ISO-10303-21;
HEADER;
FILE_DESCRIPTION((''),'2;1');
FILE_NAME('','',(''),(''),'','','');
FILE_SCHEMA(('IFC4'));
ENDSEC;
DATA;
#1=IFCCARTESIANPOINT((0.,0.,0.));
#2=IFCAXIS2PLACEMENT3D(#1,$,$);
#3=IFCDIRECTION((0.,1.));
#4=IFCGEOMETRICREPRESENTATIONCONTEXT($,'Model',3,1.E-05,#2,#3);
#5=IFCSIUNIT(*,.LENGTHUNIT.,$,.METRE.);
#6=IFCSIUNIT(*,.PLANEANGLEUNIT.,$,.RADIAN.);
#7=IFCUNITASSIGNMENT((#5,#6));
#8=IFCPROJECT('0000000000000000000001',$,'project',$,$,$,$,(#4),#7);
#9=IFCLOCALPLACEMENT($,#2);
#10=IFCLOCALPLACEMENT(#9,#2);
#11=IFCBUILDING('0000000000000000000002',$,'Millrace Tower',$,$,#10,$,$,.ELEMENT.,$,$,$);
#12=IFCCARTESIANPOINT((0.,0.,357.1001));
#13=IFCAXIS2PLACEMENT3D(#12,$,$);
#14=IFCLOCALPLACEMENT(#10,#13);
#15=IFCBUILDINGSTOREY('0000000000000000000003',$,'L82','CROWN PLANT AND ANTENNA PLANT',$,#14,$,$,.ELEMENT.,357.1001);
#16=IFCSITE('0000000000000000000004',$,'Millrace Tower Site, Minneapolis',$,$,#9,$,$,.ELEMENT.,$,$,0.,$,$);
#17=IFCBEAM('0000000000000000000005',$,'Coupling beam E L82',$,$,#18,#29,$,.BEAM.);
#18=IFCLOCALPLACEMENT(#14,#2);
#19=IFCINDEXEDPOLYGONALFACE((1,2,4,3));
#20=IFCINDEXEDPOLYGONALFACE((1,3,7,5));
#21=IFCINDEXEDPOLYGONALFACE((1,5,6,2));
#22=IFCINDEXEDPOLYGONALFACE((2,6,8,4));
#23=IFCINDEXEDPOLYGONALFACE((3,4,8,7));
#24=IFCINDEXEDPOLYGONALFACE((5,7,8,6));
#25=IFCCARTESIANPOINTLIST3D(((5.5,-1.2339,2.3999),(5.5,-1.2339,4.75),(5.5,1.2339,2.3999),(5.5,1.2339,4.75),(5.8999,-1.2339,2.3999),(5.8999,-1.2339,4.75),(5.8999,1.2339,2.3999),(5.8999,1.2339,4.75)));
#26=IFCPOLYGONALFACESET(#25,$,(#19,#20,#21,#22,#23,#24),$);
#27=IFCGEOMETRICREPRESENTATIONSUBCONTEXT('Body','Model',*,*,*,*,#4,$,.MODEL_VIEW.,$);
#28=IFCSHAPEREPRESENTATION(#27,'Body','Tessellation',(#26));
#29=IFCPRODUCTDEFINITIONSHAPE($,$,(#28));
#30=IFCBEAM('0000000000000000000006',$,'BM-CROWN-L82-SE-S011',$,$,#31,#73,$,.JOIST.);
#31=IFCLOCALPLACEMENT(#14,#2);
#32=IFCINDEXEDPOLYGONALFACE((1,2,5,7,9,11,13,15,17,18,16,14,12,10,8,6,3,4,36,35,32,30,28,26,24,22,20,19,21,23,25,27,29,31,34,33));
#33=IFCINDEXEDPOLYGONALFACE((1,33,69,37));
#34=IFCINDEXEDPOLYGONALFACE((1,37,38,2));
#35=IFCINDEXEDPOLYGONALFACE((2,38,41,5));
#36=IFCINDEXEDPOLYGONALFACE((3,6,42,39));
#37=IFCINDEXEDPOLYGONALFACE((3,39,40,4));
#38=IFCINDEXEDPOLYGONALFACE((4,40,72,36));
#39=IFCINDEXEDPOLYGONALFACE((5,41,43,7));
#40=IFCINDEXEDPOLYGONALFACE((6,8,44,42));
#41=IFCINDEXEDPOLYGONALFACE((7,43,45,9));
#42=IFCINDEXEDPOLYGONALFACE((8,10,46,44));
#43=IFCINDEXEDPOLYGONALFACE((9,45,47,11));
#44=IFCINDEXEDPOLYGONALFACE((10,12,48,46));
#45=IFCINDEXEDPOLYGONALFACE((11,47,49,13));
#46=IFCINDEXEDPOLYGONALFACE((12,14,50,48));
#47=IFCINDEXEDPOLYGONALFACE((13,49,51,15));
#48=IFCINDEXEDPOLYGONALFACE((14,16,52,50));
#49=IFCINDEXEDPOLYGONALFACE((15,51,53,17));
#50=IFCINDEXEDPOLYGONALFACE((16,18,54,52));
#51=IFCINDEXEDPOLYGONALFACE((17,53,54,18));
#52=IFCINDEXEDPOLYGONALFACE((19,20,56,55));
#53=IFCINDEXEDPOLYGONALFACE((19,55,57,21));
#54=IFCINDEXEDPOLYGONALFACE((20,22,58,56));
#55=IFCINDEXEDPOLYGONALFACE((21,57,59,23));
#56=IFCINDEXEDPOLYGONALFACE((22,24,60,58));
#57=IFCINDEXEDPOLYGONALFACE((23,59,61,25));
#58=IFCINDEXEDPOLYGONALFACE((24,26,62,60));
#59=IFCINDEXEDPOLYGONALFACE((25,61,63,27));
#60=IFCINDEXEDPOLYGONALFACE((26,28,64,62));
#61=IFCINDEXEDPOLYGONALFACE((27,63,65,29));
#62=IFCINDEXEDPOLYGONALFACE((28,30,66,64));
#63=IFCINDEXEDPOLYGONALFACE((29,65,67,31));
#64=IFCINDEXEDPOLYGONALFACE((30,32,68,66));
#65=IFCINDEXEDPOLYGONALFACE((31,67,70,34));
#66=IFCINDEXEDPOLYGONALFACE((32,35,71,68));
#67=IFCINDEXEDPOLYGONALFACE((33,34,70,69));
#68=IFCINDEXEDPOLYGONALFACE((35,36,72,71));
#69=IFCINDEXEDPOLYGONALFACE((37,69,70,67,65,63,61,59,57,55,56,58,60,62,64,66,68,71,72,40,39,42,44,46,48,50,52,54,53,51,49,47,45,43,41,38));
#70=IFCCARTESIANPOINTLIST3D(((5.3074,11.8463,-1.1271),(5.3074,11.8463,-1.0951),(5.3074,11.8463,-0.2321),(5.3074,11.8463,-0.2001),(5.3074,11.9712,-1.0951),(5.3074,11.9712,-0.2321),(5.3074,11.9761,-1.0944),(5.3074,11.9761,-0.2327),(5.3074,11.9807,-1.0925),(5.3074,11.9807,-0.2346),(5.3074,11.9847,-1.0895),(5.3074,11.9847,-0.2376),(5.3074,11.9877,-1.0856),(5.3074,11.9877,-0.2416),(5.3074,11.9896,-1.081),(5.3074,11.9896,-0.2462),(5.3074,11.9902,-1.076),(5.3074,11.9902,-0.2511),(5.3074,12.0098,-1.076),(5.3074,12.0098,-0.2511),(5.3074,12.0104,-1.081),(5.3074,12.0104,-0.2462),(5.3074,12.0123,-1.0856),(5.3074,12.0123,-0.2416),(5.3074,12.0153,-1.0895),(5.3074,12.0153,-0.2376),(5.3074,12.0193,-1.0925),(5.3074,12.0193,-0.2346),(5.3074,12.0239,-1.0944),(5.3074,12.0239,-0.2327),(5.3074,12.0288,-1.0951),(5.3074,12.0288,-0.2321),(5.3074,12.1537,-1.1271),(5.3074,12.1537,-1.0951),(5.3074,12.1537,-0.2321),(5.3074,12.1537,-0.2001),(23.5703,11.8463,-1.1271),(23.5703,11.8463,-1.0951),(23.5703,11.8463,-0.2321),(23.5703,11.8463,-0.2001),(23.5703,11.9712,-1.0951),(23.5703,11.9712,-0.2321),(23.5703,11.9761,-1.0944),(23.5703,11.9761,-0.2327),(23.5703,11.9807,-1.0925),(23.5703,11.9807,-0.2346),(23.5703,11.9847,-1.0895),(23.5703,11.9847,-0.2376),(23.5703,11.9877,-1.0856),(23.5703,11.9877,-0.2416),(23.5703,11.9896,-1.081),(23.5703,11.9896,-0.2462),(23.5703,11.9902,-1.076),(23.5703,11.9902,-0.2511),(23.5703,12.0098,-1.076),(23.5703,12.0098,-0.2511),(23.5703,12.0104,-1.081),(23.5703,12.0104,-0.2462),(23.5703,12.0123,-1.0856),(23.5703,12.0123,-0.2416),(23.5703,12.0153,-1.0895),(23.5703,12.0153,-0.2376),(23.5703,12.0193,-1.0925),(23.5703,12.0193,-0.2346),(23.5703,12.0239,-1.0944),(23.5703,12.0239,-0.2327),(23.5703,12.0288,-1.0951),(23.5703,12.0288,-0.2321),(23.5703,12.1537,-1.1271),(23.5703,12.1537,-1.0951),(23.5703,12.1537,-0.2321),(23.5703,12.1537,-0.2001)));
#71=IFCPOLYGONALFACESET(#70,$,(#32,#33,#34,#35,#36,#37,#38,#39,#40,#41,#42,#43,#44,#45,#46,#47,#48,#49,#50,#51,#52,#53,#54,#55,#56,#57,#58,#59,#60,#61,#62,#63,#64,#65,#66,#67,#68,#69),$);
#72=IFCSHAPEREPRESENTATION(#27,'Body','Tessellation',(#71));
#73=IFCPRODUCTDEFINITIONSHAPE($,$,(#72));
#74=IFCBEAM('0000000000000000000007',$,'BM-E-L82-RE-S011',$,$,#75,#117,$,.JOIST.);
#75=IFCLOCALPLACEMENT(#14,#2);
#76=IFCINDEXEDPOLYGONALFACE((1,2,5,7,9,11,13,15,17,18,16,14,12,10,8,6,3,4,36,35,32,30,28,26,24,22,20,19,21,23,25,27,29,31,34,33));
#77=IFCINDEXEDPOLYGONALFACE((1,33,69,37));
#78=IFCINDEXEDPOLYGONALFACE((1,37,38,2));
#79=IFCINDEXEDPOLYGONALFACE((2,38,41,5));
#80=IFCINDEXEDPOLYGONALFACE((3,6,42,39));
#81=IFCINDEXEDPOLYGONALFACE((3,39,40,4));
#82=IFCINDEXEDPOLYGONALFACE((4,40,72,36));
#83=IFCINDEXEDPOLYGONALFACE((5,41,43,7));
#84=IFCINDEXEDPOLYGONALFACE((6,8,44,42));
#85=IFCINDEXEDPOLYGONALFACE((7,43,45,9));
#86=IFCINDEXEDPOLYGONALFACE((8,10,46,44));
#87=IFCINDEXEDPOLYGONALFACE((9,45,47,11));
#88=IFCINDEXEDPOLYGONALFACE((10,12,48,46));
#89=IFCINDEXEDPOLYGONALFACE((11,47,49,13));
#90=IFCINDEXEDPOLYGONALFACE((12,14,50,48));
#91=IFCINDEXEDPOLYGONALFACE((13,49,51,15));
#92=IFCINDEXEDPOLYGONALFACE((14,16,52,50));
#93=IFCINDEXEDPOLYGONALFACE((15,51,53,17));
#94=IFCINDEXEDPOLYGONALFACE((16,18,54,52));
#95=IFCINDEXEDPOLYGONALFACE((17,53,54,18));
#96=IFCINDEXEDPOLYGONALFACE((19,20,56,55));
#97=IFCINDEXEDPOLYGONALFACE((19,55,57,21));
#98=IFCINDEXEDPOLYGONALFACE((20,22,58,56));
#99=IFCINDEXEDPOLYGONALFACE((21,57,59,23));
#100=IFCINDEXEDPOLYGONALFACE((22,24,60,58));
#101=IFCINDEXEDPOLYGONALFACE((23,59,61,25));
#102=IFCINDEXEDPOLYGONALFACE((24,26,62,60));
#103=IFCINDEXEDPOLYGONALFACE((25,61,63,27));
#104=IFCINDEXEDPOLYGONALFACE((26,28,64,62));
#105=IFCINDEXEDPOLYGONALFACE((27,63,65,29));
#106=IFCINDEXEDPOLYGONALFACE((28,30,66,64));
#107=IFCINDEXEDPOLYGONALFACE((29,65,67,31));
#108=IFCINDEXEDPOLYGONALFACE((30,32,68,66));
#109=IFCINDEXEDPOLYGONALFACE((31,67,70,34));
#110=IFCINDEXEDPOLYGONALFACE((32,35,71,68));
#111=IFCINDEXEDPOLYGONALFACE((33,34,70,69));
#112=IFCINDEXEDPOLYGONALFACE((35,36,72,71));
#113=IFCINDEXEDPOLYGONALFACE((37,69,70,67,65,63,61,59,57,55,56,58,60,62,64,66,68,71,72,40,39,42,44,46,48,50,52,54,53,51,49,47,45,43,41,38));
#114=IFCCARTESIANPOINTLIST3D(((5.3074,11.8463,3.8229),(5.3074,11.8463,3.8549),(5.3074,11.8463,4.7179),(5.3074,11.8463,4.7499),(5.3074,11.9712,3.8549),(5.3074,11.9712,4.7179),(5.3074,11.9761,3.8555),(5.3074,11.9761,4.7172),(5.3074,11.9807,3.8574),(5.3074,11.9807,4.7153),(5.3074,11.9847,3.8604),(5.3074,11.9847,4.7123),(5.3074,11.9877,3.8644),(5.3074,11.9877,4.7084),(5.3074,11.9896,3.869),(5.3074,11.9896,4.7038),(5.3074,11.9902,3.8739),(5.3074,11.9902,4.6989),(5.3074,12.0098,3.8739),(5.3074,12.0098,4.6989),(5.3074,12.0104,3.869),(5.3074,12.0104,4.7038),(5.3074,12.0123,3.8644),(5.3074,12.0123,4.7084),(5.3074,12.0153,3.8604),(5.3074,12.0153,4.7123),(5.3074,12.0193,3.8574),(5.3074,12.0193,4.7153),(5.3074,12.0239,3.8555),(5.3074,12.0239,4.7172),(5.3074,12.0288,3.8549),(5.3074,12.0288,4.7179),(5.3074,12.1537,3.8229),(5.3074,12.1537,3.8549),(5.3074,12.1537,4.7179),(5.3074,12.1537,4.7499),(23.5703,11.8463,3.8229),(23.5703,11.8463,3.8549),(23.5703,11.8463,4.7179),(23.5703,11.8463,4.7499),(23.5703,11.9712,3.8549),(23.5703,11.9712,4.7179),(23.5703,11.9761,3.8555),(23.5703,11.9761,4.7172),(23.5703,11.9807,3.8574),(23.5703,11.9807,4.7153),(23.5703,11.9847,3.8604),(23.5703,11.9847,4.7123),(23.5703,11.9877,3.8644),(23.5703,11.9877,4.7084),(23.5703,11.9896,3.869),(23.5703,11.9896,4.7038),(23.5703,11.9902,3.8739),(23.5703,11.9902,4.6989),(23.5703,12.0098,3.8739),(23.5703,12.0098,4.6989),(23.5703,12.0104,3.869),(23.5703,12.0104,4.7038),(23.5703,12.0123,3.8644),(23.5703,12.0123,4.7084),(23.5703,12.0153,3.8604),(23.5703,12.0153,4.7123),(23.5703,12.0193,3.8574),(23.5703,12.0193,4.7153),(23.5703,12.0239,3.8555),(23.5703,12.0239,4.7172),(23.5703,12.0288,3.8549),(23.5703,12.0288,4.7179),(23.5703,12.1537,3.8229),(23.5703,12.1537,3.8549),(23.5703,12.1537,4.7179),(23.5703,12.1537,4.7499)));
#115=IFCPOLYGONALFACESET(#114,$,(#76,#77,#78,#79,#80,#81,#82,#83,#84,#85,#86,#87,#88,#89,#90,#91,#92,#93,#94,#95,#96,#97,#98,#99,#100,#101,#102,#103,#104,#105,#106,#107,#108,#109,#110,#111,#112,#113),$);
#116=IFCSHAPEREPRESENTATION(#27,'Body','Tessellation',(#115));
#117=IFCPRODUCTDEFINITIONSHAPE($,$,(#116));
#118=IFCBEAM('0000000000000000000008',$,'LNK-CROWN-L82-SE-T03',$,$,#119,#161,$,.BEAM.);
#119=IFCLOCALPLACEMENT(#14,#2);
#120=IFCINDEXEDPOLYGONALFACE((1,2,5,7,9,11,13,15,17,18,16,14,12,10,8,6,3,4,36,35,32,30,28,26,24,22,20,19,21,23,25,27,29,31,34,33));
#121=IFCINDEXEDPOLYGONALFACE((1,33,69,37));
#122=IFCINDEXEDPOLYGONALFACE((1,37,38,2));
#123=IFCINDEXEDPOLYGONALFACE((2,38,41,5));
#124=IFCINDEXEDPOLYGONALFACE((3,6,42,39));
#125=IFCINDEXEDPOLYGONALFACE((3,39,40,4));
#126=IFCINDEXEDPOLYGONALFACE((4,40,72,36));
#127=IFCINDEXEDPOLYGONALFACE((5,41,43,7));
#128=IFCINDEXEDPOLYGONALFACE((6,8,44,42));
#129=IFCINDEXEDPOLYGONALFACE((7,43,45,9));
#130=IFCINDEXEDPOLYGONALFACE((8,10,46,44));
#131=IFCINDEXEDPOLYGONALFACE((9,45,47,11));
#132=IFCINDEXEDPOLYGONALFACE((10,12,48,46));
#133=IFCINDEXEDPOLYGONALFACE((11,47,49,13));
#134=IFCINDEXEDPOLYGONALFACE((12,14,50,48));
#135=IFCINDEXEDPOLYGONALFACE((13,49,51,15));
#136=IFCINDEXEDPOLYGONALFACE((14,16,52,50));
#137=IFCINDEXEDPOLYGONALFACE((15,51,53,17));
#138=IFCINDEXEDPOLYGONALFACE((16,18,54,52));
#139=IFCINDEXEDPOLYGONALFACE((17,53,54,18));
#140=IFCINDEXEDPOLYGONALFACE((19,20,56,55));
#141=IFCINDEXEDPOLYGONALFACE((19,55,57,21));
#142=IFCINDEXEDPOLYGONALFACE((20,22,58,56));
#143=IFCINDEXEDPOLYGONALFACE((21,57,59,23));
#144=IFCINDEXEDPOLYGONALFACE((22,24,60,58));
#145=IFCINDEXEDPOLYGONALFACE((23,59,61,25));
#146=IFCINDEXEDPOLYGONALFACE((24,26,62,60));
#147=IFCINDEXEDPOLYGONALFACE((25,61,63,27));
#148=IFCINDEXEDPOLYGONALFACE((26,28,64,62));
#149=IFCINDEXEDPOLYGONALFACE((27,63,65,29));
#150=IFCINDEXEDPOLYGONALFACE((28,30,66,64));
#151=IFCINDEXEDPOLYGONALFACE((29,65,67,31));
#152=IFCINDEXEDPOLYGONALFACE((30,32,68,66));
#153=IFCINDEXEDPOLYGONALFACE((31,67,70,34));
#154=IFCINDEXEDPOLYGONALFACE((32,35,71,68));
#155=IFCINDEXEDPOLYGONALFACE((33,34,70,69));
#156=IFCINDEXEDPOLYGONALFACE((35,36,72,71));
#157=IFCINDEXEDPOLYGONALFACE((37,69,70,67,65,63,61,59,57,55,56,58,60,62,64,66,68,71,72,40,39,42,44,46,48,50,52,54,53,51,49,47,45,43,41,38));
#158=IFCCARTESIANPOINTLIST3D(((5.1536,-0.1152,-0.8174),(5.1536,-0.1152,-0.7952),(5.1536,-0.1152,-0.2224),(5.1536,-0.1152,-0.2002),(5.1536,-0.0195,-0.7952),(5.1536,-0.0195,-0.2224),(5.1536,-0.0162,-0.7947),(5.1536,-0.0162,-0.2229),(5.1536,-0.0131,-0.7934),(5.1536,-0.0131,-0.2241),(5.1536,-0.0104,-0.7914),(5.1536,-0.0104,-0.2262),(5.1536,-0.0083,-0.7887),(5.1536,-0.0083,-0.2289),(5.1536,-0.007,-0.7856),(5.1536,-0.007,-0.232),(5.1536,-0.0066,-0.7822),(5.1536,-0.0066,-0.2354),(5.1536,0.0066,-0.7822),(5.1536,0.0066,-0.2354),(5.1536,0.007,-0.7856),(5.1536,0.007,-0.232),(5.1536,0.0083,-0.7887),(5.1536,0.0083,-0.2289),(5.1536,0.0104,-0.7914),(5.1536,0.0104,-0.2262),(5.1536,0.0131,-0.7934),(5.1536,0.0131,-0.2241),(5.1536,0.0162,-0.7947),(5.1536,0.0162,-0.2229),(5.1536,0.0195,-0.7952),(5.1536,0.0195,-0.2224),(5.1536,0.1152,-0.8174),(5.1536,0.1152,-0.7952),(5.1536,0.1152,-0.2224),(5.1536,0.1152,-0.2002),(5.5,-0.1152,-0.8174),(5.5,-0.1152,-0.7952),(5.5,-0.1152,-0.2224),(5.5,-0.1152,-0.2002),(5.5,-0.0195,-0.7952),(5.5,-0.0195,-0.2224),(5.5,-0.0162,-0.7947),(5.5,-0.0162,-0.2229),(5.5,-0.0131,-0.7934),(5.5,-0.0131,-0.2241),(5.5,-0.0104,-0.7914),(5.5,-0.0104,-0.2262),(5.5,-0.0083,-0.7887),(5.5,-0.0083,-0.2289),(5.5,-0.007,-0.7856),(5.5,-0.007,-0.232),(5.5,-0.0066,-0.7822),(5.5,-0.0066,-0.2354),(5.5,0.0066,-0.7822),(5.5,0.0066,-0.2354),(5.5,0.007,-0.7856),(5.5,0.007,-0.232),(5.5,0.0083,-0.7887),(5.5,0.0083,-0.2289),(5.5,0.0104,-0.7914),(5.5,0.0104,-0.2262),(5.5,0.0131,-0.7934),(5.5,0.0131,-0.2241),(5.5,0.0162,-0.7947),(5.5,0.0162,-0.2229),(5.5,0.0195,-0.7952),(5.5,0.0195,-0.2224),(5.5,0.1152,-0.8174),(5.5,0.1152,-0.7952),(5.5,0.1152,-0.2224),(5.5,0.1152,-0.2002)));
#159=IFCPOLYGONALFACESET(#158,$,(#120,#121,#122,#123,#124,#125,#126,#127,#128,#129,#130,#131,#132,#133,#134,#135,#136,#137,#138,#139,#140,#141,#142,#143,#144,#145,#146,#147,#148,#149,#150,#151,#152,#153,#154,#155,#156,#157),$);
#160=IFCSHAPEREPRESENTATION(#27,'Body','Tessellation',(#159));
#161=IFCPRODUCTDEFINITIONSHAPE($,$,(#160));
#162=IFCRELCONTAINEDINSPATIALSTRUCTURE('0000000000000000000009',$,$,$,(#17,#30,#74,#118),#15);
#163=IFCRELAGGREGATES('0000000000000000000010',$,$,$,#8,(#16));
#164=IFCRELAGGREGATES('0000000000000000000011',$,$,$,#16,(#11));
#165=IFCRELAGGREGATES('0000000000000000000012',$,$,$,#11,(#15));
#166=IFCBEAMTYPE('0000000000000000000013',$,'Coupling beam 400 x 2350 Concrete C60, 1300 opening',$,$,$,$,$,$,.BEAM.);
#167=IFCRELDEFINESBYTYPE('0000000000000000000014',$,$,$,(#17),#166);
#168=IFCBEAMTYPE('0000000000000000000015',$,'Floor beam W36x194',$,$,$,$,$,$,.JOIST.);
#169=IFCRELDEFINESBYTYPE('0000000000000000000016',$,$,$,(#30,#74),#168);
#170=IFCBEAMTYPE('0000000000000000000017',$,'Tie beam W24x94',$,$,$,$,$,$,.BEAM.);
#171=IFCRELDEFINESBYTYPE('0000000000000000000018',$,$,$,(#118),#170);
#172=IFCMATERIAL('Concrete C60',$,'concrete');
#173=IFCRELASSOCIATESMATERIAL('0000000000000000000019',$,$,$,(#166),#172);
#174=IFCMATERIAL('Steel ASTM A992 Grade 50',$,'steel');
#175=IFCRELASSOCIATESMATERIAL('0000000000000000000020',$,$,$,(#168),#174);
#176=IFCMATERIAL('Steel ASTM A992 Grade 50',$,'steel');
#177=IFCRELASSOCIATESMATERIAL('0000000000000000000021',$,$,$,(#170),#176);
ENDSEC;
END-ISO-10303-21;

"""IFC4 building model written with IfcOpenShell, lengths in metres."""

from ifc_helpers import new_model, si_unit, direction, frame, origin, origin_2d, place, context, subcontext, project, spatial, rectangle, i_section, extrude, material, material_profile, profile_set, type_object, element, save


model = new_model("IFC4")

# Units and contexts
model_context = context("Model", 3, precision=1e-05, world=origin(), true_north=direction((0.0, 1.0)))
body_context = subcontext(model_context, "Body", "Model", "MODEL_VIEW")
ifc_project = project(units=[si_unit("LENGTHUNIT", "METRE"), si_unit("PLANEANGLEUNIT", "RADIAN")], contexts=[model_context])

# Site, building, storey
site_placement = place(None, origin())
site = spatial("IfcSite", under=ifc_project, at=site_placement, Name="Millrace Tower Site, Minneapolis", CompositionType="ELEMENT", RefElevation=0.0)
building_placement = place(site_placement, origin())
building = spatial("IfcBuilding", under=site, at=building_placement, Name="Millrace Tower", CompositionType="ELEMENT")
storey_placement = place(building_placement, frame((0.0, 0.0, 357.1001)))
storey = spatial("IfcBuildingStorey", under=building, at=storey_placement, Name="L82", Description="CROWN PLANT AND ANTENNA PLANT", CompositionType="ELEMENT", Elevation=357.1001)

# Beams
ifc_material_1 = material(Name="Concrete C60", Category="concrete")
ifc_material_profile_1 = material_profile(ifc_material_1, rectangle(XDim=0.3999, YDim=2.3501, at=origin_2d()))
ifc_profile_set_1 = profile_set([ifc_material_profile_1], Name="Concrete C60")
beam_type_1 = type_object("IfcBeamType", Name="Coupling beam 400 x 2350 Concrete C60, 1300 opening", PredefinedType="BEAM", material=ifc_profile_set_1)
beam_placement = place(storey_placement, frame((5.7, 1.2339, 3.575), z_axis=(0.0, -1.0, 0.0), x_axis=(1.0, 0.0, 0.0)))
element("IfcBeam", 1, at=beam_placement, inside=storey, type_object=beam_type_1, Name="Coupling beam E L82", PredefinedType="BEAM", context=body_context, shape_type="SweptSolid", body=[
    extrude(rectangle(XDim=0.3999, YDim=2.3501, at=origin_2d()), origin(), (0.0, 0.0, 1.0), 2.4678),
])
ifc_material_2 = material(Name="Steel ASTM A992 Grade 50", Category="steel")
ifc_material_profile_2 = material_profile(ifc_material_2, i_section(OverallWidth=0.3074, OverallDepth=0.927, WebThickness=0.0195, FlangeThickness=0.032, FilletRadius=0.019, at=origin_2d()))
ifc_profile_set_2 = profile_set([ifc_material_profile_2], Name="Steel ASTM A992 Grade 50")
beam_type_2 = type_object("IfcBeamType", Name="Floor beam W36x194", PredefinedType="JOIST", material=ifc_profile_set_2)
for number, where, z_axis, x_axis, name in (
    (2, (5.3074, 12.0, -0.6636), (1.0, 0.0, 0.0), (0.0, 1.0, 0.0), "BM-CROWN-L82-SE-S011"),
    (3, (5.3074, 12.0, 4.2864), (1.0, 0.0, 0.0), (0.0, 1.0, 0.0), "BM-E-L82-RE-S011"),
):
    element("IfcBeam", number, at=place(storey_placement, frame(where, z_axis=z_axis, x_axis=x_axis)), inside=storey, type_object=beam_type_2, Name=name, PredefinedType="JOIST", context=body_context, shape_type="SweptSolid", body=[
        extrude(i_section(OverallWidth=0.3074, OverallDepth=0.927, WebThickness=0.0195, FlangeThickness=0.032, FilletRadius=0.019, at=origin_2d()), origin(), (0.0, 0.0, 1.0), 18.2629),
    ])
ifc_material_3 = material(Name="Steel ASTM A992 Grade 50", Category="steel")
ifc_material_profile_3 = material_profile(ifc_material_3, i_section(OverallWidth=0.2305, OverallDepth=0.6172, WebThickness=0.0132, FlangeThickness=0.0222, FilletRadius=0.0129, at=origin_2d()))
ifc_profile_set_3 = profile_set([ifc_material_profile_3], Name="Steel ASTM A992 Grade 50")
beam_type_3 = type_object("IfcBeamType", Name="Tie beam W24x94", PredefinedType="BEAM", material=ifc_profile_set_3)
for number, where, z_axis, x_axis, name in (
    (4, (5.1536, 0.0, -0.5088), (1.0, 0.0, 0.0), (0.0, 1.0, 0.0), "LNK-CROWN-L82-SE-T03"),
):
    element("IfcBeam", number, at=place(storey_placement, frame(where, z_axis=z_axis, x_axis=x_axis)), inside=storey, type_object=beam_type_3, Name=name, PredefinedType="BEAM", context=body_context, shape_type="SweptSolid", body=[
        extrude(i_section(OverallWidth=0.2305, OverallDepth=0.6172, WebThickness=0.0132, FlangeThickness=0.0222, FilletRadius=0.0129, at=origin_2d()), origin(), (0.0, 0.0, 1.0), 0.3464),
    ])

save(model, "model.ifc")
